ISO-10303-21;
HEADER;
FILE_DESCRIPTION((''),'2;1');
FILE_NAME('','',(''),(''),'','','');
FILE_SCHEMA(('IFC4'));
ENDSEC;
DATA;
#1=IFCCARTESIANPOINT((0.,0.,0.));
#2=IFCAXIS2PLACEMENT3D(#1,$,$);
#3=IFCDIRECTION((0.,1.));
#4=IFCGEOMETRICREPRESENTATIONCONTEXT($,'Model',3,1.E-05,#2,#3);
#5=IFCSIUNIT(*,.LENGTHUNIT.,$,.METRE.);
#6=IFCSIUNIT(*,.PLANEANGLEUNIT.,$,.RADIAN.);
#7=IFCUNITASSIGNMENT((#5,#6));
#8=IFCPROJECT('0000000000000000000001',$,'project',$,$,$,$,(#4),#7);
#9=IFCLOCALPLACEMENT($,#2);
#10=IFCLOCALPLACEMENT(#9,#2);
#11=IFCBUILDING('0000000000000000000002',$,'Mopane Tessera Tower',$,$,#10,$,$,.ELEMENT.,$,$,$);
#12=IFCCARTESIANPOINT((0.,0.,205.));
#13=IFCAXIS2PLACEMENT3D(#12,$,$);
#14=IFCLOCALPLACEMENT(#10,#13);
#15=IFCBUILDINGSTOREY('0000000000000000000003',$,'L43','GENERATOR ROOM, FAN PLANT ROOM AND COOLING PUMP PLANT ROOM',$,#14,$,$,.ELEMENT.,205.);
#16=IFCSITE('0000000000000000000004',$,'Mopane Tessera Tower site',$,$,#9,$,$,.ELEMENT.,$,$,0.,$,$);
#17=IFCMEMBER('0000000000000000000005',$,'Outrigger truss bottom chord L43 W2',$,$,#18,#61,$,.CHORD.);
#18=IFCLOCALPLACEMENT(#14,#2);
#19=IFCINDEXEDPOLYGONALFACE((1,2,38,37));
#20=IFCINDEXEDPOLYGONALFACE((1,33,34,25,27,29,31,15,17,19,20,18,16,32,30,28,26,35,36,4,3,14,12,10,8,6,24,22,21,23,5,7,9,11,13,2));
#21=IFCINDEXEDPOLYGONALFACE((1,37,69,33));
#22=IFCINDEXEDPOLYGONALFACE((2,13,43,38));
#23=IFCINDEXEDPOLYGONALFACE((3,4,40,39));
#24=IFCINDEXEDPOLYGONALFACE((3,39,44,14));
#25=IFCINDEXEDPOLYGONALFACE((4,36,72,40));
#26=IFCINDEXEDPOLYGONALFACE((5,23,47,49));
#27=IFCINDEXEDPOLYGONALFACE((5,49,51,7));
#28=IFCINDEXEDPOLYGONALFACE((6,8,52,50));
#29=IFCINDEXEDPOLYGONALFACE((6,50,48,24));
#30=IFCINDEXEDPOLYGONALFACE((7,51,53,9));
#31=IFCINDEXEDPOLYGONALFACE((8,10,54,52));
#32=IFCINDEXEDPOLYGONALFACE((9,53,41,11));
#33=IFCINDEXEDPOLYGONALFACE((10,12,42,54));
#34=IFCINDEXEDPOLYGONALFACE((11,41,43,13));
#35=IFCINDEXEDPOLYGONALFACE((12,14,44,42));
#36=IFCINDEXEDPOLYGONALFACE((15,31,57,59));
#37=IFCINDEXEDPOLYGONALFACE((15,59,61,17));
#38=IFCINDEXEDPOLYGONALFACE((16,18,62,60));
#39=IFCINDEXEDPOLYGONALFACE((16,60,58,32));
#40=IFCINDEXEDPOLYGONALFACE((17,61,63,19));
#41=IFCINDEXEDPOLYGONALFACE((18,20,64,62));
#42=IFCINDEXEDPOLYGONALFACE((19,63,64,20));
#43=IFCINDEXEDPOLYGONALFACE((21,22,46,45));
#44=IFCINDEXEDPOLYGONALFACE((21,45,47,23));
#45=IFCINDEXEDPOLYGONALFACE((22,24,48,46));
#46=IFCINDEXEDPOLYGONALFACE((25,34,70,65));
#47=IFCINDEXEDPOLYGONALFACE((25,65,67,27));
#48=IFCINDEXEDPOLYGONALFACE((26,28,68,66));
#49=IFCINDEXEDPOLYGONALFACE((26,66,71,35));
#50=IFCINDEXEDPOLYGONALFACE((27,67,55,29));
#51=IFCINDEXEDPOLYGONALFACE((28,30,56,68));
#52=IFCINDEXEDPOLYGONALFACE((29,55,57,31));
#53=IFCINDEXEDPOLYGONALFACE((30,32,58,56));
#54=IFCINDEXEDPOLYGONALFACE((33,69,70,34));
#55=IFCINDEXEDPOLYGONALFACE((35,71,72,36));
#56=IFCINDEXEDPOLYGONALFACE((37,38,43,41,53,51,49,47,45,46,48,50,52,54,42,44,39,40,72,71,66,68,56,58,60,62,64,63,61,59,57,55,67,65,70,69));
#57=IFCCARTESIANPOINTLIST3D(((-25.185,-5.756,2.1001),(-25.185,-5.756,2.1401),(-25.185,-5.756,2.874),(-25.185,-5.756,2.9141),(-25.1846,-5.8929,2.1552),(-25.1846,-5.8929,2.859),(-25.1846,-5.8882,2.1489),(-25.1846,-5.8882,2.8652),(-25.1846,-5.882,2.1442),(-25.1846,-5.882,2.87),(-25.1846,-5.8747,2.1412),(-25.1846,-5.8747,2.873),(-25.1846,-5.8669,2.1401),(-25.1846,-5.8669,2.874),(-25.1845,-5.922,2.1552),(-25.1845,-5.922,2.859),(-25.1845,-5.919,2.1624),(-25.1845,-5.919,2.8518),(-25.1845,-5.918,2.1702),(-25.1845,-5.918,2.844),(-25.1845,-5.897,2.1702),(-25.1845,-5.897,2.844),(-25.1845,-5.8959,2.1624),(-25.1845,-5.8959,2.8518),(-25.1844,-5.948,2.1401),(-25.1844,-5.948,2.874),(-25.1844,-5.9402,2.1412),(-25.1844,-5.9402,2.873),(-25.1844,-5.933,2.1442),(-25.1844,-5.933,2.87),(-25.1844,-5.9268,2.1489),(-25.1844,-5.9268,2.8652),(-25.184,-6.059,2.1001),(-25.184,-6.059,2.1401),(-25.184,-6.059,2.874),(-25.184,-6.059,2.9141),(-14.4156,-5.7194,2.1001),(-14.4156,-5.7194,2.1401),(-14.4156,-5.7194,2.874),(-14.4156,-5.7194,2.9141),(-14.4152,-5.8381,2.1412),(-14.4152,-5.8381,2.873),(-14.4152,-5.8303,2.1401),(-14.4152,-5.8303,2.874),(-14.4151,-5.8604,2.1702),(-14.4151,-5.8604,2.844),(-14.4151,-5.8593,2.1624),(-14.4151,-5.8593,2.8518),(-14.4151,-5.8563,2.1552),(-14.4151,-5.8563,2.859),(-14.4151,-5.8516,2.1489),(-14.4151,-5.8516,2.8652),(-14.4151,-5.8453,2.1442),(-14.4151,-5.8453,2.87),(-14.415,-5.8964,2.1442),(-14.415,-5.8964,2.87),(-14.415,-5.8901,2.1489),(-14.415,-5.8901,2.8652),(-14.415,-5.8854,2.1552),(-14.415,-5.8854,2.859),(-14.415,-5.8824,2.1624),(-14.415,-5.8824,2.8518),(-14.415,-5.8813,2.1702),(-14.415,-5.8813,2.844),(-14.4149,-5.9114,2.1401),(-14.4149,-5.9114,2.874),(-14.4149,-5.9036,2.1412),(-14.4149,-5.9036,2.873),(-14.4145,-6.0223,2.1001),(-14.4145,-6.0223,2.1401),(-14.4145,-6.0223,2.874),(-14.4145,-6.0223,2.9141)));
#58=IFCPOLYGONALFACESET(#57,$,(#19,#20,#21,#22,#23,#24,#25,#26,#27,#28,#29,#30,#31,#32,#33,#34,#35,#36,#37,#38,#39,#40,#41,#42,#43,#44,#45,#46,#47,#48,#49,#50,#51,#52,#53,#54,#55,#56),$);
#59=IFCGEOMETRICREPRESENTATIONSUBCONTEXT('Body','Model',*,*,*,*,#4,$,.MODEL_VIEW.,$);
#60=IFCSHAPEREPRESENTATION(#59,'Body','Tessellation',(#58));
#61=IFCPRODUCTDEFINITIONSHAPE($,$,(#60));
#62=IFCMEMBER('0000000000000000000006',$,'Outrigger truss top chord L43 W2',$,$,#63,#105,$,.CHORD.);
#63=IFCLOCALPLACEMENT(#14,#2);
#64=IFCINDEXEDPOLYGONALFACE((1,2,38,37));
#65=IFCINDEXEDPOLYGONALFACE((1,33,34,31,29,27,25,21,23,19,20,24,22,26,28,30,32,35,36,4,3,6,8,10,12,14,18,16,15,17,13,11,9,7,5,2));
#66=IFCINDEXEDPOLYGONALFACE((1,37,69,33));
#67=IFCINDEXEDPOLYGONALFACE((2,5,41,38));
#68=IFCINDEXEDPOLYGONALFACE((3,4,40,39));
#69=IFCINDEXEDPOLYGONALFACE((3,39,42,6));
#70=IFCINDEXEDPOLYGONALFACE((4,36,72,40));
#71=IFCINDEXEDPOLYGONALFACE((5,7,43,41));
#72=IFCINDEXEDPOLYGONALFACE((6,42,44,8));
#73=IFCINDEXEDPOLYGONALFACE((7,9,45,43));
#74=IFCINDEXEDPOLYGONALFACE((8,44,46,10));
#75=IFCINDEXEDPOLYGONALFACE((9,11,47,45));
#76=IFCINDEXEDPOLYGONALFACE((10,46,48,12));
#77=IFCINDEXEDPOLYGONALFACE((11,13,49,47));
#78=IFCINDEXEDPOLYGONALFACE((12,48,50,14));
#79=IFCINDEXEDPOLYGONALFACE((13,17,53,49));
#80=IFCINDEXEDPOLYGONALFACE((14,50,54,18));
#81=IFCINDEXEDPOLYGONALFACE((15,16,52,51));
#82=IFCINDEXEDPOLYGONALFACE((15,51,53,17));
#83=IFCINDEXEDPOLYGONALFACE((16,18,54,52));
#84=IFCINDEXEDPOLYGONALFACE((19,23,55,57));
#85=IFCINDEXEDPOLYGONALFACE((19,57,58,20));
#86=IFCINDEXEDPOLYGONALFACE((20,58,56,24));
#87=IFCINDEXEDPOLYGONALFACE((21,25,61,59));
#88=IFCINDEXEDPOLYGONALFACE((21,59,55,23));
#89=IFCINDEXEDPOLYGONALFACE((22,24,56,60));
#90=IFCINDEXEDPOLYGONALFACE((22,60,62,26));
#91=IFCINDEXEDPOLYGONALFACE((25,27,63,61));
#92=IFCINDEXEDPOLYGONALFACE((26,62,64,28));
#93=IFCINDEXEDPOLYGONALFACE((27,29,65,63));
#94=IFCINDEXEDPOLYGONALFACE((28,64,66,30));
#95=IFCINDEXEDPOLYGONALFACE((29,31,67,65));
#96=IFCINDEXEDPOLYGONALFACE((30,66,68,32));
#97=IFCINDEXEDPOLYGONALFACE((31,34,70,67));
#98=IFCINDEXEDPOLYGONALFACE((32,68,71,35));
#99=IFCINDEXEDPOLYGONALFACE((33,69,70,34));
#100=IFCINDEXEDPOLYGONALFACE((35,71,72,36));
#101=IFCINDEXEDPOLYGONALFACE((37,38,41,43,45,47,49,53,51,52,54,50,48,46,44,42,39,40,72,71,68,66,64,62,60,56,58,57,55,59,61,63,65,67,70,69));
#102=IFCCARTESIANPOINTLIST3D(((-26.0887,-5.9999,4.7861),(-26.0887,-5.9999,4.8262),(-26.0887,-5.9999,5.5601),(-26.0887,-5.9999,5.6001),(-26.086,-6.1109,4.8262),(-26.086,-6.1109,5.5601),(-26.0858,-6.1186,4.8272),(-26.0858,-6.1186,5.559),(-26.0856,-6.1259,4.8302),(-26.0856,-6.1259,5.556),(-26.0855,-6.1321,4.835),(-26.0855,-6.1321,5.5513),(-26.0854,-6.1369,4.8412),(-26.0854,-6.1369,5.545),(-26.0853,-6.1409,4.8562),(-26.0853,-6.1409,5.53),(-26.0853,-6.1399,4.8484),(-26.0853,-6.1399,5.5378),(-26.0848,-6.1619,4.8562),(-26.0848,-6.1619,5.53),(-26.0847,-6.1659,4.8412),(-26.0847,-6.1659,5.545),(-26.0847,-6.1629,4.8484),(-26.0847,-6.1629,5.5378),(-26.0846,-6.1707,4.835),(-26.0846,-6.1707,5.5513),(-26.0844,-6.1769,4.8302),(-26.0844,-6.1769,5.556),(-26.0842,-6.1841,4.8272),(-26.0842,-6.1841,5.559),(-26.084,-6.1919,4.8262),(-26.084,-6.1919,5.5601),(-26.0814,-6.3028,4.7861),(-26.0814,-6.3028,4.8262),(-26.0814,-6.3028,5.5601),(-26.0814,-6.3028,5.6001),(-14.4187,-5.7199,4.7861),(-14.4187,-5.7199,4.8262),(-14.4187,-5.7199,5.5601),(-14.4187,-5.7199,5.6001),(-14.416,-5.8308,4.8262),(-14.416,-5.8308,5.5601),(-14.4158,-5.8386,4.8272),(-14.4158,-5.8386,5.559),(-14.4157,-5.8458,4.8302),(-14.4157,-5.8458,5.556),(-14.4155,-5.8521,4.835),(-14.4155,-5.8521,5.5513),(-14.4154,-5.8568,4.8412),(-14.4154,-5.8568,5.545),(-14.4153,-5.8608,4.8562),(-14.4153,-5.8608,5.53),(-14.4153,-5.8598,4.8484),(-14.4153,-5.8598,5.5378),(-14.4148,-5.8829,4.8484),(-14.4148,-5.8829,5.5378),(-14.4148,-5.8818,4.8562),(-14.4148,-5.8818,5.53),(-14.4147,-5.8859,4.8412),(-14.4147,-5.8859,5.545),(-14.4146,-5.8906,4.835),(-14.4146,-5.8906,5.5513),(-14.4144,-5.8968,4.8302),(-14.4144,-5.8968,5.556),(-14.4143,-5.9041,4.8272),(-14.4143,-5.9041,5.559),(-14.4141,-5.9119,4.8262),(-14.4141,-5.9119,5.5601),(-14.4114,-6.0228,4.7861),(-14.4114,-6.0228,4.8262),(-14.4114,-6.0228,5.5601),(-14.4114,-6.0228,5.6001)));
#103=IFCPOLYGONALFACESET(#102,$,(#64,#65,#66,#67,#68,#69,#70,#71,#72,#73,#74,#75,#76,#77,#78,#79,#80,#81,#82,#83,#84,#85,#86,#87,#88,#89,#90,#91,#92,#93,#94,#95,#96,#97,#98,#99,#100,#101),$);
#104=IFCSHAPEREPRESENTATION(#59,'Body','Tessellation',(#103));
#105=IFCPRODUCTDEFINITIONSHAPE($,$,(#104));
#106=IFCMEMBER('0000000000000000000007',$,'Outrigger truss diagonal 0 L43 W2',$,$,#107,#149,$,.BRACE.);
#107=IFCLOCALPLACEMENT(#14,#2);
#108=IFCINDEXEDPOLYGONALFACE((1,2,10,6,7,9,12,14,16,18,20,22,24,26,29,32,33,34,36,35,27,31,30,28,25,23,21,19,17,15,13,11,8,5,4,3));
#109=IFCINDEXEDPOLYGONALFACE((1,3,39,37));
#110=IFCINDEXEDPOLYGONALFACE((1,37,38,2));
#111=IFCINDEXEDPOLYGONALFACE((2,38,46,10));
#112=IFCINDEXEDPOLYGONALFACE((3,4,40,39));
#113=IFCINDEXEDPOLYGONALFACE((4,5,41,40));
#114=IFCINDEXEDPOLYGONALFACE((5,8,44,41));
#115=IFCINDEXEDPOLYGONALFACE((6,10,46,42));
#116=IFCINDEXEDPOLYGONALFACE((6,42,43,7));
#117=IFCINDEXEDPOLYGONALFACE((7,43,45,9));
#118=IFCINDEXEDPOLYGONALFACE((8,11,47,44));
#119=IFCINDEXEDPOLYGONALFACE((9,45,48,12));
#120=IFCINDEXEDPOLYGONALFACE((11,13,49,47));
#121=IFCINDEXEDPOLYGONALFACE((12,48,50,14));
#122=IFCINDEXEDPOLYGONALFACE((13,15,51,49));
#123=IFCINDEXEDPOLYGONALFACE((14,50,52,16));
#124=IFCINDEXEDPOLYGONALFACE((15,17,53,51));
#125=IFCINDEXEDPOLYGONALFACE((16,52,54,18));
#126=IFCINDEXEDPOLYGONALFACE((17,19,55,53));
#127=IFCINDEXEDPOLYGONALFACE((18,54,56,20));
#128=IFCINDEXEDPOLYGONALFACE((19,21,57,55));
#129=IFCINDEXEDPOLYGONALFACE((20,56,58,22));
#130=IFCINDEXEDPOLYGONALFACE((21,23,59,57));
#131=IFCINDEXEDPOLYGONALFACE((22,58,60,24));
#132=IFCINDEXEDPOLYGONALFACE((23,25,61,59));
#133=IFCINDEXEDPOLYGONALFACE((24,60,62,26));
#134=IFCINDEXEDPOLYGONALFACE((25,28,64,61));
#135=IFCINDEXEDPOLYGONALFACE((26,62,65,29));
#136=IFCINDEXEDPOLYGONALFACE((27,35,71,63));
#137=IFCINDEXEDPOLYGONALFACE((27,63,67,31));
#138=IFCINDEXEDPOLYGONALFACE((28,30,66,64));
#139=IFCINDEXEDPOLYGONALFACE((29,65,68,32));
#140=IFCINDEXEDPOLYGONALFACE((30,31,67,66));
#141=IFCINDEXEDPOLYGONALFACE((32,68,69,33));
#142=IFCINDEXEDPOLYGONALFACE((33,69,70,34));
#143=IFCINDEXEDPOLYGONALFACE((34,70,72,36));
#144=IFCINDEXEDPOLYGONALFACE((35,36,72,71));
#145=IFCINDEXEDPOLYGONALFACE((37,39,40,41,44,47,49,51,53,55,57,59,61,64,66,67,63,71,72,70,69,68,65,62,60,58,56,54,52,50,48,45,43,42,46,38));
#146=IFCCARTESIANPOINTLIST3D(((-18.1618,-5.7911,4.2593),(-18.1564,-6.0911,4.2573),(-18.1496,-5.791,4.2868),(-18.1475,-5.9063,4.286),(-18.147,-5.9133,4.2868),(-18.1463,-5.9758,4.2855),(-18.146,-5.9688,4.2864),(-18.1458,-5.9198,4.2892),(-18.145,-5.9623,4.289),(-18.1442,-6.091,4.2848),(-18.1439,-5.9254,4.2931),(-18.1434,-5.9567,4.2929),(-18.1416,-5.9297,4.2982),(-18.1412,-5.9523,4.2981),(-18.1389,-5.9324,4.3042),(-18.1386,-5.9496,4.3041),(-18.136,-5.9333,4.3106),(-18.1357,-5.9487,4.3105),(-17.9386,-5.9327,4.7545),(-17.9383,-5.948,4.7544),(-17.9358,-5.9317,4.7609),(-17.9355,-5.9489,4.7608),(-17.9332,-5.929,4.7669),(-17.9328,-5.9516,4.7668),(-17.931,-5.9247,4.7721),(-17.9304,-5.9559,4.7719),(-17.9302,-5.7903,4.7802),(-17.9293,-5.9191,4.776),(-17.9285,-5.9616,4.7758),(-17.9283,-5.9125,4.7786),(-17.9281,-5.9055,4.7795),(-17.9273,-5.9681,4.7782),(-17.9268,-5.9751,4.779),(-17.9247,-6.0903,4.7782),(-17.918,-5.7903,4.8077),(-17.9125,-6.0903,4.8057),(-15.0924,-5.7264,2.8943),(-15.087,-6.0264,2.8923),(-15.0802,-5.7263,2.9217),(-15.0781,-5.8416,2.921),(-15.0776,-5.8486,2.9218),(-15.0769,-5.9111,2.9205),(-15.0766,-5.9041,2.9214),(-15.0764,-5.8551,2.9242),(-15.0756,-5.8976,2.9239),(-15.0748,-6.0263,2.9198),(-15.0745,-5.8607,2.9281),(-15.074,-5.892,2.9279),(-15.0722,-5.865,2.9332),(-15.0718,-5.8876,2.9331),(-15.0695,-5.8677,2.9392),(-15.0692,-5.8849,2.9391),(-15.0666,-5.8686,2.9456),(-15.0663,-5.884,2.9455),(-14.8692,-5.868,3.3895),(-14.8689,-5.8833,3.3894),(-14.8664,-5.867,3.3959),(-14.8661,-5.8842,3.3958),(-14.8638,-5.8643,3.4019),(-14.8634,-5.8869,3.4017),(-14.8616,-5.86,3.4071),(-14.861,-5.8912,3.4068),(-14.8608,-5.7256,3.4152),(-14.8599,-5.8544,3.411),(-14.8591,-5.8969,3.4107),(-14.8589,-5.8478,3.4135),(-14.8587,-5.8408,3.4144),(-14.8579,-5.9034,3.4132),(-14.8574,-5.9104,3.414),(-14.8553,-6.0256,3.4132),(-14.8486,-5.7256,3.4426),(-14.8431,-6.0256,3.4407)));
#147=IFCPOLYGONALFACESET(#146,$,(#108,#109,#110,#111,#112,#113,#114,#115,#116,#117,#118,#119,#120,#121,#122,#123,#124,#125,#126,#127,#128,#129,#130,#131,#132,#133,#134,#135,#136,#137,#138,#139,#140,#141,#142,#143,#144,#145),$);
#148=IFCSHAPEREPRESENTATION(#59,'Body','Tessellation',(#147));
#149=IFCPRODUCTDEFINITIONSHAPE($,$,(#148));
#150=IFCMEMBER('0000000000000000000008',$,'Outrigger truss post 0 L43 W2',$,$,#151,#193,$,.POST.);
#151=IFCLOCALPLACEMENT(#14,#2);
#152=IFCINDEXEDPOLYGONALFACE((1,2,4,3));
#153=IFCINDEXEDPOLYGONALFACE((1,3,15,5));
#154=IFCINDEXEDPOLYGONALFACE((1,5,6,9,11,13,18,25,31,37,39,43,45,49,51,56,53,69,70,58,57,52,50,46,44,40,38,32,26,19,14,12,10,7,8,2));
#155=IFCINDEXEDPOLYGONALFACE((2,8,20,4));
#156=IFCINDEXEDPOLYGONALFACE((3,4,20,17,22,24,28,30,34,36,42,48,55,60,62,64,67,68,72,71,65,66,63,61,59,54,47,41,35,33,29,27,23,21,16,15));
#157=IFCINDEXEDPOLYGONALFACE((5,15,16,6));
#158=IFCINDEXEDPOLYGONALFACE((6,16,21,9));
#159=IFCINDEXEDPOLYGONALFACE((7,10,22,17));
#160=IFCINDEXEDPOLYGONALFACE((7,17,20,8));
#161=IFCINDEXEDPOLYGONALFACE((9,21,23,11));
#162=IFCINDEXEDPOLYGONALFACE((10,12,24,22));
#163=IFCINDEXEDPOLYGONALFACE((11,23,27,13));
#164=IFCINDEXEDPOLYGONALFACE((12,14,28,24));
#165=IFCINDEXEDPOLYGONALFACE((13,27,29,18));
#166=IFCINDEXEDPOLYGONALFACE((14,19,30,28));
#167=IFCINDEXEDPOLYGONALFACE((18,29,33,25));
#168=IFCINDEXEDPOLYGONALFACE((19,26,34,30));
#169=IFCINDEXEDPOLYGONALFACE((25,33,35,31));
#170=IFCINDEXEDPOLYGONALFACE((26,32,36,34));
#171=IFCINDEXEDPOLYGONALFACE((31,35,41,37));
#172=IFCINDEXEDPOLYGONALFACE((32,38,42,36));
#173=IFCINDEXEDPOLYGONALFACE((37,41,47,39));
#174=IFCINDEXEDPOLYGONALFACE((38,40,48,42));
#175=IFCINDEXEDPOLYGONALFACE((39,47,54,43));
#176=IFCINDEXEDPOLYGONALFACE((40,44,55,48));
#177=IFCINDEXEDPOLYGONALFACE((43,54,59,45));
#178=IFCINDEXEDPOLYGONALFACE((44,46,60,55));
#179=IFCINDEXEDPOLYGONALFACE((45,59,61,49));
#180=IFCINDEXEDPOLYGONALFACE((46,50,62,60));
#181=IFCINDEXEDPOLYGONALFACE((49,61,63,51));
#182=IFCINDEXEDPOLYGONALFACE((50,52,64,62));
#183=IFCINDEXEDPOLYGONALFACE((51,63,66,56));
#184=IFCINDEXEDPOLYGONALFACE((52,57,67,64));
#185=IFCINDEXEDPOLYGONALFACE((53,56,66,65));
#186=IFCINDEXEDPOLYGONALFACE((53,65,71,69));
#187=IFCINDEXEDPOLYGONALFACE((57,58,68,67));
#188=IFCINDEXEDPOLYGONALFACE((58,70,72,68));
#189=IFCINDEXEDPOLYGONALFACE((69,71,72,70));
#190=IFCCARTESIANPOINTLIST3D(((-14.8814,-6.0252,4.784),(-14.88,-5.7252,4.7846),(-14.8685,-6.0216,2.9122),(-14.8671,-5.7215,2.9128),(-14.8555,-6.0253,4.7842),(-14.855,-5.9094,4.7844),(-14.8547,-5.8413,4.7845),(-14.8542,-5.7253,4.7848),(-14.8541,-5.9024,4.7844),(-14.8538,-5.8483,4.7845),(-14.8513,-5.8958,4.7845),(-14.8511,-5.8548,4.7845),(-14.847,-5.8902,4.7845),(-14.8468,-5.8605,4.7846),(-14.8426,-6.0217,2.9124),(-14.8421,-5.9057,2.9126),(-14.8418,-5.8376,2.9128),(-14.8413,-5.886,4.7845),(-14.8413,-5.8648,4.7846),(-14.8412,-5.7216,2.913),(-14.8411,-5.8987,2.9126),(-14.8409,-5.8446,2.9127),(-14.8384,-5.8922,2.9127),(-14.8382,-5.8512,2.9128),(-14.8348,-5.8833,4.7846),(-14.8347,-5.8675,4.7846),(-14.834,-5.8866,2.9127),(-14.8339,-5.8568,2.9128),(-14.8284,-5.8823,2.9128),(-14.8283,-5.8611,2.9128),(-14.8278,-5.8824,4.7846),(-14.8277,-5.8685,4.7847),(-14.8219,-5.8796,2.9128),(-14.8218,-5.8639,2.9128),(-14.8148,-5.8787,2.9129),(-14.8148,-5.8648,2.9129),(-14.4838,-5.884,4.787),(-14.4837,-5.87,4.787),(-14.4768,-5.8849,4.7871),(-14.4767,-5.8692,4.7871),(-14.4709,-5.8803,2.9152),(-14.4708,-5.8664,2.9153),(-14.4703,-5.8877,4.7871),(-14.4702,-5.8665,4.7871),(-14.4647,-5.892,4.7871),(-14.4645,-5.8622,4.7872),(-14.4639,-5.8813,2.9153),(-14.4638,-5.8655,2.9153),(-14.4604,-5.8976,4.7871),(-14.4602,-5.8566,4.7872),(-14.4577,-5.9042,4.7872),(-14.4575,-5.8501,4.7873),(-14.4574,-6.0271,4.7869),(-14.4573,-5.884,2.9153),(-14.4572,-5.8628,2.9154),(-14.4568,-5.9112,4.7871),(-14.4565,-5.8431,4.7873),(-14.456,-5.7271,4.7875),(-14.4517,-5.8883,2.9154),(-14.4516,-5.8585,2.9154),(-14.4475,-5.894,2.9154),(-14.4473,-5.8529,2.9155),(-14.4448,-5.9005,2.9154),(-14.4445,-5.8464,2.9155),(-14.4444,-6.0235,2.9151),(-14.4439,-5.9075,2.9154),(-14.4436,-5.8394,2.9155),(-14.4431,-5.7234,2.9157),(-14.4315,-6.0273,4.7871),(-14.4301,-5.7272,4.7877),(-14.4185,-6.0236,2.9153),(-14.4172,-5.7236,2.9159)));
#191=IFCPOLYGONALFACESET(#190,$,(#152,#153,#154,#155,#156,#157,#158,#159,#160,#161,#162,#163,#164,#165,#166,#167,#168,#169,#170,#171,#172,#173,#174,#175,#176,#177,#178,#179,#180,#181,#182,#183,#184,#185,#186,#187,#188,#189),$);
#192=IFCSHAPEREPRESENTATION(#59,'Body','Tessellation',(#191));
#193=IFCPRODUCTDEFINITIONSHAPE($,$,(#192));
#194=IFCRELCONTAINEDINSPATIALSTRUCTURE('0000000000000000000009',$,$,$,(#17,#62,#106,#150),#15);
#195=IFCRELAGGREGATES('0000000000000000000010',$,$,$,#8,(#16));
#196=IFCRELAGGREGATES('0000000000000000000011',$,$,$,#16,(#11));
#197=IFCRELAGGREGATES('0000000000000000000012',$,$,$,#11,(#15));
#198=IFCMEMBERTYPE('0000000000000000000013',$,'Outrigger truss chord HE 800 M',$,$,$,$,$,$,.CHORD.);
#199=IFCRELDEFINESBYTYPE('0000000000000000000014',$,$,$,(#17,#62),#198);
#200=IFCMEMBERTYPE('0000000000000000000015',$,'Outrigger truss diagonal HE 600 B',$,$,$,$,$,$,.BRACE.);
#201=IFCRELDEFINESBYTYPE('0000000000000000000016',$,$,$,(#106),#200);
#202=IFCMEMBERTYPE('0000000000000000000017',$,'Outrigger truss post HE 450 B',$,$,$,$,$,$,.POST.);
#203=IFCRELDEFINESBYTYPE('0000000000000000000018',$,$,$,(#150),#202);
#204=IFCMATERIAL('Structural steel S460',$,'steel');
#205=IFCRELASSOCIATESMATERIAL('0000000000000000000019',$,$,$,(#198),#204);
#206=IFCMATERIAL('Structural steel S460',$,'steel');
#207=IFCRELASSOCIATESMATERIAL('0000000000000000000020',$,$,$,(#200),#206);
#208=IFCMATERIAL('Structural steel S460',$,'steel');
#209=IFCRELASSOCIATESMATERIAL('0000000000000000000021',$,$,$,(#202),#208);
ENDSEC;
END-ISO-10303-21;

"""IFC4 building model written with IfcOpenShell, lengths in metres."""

from ifc_helpers import new_model, si_unit, direction, frame, origin, origin_2d, place, context, subcontext, project, spatial, i_section, extrude, material, material_profile, profile_set, type_object, element, save


model = new_model("IFC4")

# Units and contexts
model_context = context("Model", 3, precision=1e-05, world=origin(), true_north=direction((0.0, 1.0)))
body_context = subcontext(model_context, "Body", "Model", "MODEL_VIEW")
ifc_project = project(units=[si_unit("LENGTHUNIT", "METRE"), si_unit("PLANEANGLEUNIT", "RADIAN")], contexts=[model_context])

# Site, building, storey
site_placement = place(None, origin())
site = spatial("IfcSite", under=ifc_project, at=site_placement, Name="Mopane Tessera Tower site", CompositionType="ELEMENT", RefElevation=0.0)
building_placement = place(site_placement, origin())
building = spatial("IfcBuilding", under=site, at=building_placement, Name="Mopane Tessera Tower", CompositionType="ELEMENT")
storey_placement = place(building_placement, frame((0.0, 0.0, 205.0)))
storey = spatial("IfcBuildingStorey", under=building, at=storey_placement, Name="L43", Description="GENERATOR ROOM, FAN PLANT ROOM AND COOLING PUMP PLANT ROOM", CompositionType="ELEMENT", Elevation=205.0)

# Members
ifc_material_1 = material(Name="Structural steel S460", Category="steel")
ifc_material_profile_1 = material_profile(ifc_material_1, i_section(OverallWidth=0.303, OverallDepth=0.814, WebThickness=0.021, FlangeThickness=0.04, FilletRadius=0.03, at=origin_2d()))
ifc_profile_set_1 = profile_set([ifc_material_profile_1], Name="Structural steel S460")
member_type_1 = type_object("IfcMemberType", Name="Outrigger truss chord HE 800 M", PredefinedType="CHORD", material=ifc_profile_set_1)
member_1_placement = place(storey_placement, frame((-14.415, -5.8708, 2.5071), z_axis=(-0.999994, -0.0034, 0.0), x_axis=(0.0034, -0.999994, 0.0)))
element("IfcMember", 1, at=member_1_placement, inside=storey, type_object=member_type_1, Name="Outrigger truss bottom chord L43 W2", PredefinedType="CHORD", context=body_context, shape_type="SweptSolid", body=[
    extrude(i_section(OverallWidth=0.303, OverallDepth=0.814, WebThickness=0.021, FlangeThickness=0.04, FilletRadius=0.03, at=origin_2d()), origin(), (0.0, 0.0, 1.0), 10.7695),
])
member_2_placement = place(storey_placement, frame((-14.415, -5.8713, 5.1931), z_axis=(-0.999712, -0.023989, 0.0), x_axis=(0.023989, -0.999712, 0.0)))
element("IfcMember", 2, at=member_2_placement, inside=storey, type_object=member_type_1, Name="Outrigger truss top chord L43 W2", PredefinedType="CHORD", context=body_context, shape_type="SweptSolid", body=[
    extrude(i_section(OverallWidth=0.303, OverallDepth=0.814, WebThickness=0.021, FlangeThickness=0.04, FilletRadius=0.03, at=origin_2d()), origin(), (0.0, 0.0, 1.0), 11.6733),
])
ifc_material_2 = material(Name="Structural steel S460", Category="steel")
ifc_material_profile_2 = material_profile(ifc_material_2, i_section(OverallWidth=0.3, OverallDepth=0.6001, WebThickness=0.0154, FlangeThickness=0.03, FilletRadius=0.0271, at=origin_2d()))
ifc_profile_set_2 = profile_set([ifc_material_profile_2], Name="Structural steel S460")
member_type_2 = type_object("IfcMemberType", Name="Outrigger truss diagonal HE 600 B", PredefinedType="BRACE", material=ifc_profile_set_2)
member_3_placement = place(storey_placement, frame((-14.9678, -5.876, 3.1675), z_axis=(-0.913549, -0.019256, 0.406272), x_axis=(0.018146, -0.999814, -0.006586)))
element("IfcMember", 3, at=member_3_placement, inside=storey, type_object=member_type_2, Name="Outrigger truss diagonal 0 L43 W2", PredefinedType="BRACE", context=body_context, shape_type="SweptSolid", body=[
    extrude(i_section(OverallWidth=0.3, OverallDepth=0.6001, WebThickness=0.0154, FlangeThickness=0.03, FilletRadius=0.0271, at=origin_2d()), origin(), (0.0, 0.0, 1.0), 3.3599),
])
ifc_material_3 = material(Name="Structural steel S460", Category="steel")
ifc_material_profile_3 = material_profile(ifc_material_3, i_section(OverallWidth=0.3, OverallDepth=0.45, WebThickness=0.0139, FlangeThickness=0.0259, FilletRadius=0.0271, at=origin_2d()))
ifc_profile_set_3 = profile_set([ifc_material_profile_3], Name="Structural steel S460")
member_type_3 = type_object("IfcMemberType", Name="Outrigger truss post HE 450 B", PredefinedType="POST", material=ifc_profile_set_3)
member_4_placement = place(storey_placement, frame((-14.6428, -5.8726, 2.9141), z_axis=(-0.006913, -0.001956, 0.999974), x_axis=(-0.004537, -0.999988, -0.001988)))
element("IfcMember", 4, at=member_4_placement, inside=storey, type_object=member_type_3, Name="Outrigger truss post 0 L43 W2", PredefinedType="POST", context=body_context, shape_type="SweptSolid", body=[
    extrude(i_section(OverallWidth=0.3, OverallDepth=0.45, WebThickness=0.0139, FlangeThickness=0.0259, FilletRadius=0.0271, at=origin_2d()), origin(), (0.0, 0.0, 1.0), 1.8718),
])

save(model, "model.ifc")
